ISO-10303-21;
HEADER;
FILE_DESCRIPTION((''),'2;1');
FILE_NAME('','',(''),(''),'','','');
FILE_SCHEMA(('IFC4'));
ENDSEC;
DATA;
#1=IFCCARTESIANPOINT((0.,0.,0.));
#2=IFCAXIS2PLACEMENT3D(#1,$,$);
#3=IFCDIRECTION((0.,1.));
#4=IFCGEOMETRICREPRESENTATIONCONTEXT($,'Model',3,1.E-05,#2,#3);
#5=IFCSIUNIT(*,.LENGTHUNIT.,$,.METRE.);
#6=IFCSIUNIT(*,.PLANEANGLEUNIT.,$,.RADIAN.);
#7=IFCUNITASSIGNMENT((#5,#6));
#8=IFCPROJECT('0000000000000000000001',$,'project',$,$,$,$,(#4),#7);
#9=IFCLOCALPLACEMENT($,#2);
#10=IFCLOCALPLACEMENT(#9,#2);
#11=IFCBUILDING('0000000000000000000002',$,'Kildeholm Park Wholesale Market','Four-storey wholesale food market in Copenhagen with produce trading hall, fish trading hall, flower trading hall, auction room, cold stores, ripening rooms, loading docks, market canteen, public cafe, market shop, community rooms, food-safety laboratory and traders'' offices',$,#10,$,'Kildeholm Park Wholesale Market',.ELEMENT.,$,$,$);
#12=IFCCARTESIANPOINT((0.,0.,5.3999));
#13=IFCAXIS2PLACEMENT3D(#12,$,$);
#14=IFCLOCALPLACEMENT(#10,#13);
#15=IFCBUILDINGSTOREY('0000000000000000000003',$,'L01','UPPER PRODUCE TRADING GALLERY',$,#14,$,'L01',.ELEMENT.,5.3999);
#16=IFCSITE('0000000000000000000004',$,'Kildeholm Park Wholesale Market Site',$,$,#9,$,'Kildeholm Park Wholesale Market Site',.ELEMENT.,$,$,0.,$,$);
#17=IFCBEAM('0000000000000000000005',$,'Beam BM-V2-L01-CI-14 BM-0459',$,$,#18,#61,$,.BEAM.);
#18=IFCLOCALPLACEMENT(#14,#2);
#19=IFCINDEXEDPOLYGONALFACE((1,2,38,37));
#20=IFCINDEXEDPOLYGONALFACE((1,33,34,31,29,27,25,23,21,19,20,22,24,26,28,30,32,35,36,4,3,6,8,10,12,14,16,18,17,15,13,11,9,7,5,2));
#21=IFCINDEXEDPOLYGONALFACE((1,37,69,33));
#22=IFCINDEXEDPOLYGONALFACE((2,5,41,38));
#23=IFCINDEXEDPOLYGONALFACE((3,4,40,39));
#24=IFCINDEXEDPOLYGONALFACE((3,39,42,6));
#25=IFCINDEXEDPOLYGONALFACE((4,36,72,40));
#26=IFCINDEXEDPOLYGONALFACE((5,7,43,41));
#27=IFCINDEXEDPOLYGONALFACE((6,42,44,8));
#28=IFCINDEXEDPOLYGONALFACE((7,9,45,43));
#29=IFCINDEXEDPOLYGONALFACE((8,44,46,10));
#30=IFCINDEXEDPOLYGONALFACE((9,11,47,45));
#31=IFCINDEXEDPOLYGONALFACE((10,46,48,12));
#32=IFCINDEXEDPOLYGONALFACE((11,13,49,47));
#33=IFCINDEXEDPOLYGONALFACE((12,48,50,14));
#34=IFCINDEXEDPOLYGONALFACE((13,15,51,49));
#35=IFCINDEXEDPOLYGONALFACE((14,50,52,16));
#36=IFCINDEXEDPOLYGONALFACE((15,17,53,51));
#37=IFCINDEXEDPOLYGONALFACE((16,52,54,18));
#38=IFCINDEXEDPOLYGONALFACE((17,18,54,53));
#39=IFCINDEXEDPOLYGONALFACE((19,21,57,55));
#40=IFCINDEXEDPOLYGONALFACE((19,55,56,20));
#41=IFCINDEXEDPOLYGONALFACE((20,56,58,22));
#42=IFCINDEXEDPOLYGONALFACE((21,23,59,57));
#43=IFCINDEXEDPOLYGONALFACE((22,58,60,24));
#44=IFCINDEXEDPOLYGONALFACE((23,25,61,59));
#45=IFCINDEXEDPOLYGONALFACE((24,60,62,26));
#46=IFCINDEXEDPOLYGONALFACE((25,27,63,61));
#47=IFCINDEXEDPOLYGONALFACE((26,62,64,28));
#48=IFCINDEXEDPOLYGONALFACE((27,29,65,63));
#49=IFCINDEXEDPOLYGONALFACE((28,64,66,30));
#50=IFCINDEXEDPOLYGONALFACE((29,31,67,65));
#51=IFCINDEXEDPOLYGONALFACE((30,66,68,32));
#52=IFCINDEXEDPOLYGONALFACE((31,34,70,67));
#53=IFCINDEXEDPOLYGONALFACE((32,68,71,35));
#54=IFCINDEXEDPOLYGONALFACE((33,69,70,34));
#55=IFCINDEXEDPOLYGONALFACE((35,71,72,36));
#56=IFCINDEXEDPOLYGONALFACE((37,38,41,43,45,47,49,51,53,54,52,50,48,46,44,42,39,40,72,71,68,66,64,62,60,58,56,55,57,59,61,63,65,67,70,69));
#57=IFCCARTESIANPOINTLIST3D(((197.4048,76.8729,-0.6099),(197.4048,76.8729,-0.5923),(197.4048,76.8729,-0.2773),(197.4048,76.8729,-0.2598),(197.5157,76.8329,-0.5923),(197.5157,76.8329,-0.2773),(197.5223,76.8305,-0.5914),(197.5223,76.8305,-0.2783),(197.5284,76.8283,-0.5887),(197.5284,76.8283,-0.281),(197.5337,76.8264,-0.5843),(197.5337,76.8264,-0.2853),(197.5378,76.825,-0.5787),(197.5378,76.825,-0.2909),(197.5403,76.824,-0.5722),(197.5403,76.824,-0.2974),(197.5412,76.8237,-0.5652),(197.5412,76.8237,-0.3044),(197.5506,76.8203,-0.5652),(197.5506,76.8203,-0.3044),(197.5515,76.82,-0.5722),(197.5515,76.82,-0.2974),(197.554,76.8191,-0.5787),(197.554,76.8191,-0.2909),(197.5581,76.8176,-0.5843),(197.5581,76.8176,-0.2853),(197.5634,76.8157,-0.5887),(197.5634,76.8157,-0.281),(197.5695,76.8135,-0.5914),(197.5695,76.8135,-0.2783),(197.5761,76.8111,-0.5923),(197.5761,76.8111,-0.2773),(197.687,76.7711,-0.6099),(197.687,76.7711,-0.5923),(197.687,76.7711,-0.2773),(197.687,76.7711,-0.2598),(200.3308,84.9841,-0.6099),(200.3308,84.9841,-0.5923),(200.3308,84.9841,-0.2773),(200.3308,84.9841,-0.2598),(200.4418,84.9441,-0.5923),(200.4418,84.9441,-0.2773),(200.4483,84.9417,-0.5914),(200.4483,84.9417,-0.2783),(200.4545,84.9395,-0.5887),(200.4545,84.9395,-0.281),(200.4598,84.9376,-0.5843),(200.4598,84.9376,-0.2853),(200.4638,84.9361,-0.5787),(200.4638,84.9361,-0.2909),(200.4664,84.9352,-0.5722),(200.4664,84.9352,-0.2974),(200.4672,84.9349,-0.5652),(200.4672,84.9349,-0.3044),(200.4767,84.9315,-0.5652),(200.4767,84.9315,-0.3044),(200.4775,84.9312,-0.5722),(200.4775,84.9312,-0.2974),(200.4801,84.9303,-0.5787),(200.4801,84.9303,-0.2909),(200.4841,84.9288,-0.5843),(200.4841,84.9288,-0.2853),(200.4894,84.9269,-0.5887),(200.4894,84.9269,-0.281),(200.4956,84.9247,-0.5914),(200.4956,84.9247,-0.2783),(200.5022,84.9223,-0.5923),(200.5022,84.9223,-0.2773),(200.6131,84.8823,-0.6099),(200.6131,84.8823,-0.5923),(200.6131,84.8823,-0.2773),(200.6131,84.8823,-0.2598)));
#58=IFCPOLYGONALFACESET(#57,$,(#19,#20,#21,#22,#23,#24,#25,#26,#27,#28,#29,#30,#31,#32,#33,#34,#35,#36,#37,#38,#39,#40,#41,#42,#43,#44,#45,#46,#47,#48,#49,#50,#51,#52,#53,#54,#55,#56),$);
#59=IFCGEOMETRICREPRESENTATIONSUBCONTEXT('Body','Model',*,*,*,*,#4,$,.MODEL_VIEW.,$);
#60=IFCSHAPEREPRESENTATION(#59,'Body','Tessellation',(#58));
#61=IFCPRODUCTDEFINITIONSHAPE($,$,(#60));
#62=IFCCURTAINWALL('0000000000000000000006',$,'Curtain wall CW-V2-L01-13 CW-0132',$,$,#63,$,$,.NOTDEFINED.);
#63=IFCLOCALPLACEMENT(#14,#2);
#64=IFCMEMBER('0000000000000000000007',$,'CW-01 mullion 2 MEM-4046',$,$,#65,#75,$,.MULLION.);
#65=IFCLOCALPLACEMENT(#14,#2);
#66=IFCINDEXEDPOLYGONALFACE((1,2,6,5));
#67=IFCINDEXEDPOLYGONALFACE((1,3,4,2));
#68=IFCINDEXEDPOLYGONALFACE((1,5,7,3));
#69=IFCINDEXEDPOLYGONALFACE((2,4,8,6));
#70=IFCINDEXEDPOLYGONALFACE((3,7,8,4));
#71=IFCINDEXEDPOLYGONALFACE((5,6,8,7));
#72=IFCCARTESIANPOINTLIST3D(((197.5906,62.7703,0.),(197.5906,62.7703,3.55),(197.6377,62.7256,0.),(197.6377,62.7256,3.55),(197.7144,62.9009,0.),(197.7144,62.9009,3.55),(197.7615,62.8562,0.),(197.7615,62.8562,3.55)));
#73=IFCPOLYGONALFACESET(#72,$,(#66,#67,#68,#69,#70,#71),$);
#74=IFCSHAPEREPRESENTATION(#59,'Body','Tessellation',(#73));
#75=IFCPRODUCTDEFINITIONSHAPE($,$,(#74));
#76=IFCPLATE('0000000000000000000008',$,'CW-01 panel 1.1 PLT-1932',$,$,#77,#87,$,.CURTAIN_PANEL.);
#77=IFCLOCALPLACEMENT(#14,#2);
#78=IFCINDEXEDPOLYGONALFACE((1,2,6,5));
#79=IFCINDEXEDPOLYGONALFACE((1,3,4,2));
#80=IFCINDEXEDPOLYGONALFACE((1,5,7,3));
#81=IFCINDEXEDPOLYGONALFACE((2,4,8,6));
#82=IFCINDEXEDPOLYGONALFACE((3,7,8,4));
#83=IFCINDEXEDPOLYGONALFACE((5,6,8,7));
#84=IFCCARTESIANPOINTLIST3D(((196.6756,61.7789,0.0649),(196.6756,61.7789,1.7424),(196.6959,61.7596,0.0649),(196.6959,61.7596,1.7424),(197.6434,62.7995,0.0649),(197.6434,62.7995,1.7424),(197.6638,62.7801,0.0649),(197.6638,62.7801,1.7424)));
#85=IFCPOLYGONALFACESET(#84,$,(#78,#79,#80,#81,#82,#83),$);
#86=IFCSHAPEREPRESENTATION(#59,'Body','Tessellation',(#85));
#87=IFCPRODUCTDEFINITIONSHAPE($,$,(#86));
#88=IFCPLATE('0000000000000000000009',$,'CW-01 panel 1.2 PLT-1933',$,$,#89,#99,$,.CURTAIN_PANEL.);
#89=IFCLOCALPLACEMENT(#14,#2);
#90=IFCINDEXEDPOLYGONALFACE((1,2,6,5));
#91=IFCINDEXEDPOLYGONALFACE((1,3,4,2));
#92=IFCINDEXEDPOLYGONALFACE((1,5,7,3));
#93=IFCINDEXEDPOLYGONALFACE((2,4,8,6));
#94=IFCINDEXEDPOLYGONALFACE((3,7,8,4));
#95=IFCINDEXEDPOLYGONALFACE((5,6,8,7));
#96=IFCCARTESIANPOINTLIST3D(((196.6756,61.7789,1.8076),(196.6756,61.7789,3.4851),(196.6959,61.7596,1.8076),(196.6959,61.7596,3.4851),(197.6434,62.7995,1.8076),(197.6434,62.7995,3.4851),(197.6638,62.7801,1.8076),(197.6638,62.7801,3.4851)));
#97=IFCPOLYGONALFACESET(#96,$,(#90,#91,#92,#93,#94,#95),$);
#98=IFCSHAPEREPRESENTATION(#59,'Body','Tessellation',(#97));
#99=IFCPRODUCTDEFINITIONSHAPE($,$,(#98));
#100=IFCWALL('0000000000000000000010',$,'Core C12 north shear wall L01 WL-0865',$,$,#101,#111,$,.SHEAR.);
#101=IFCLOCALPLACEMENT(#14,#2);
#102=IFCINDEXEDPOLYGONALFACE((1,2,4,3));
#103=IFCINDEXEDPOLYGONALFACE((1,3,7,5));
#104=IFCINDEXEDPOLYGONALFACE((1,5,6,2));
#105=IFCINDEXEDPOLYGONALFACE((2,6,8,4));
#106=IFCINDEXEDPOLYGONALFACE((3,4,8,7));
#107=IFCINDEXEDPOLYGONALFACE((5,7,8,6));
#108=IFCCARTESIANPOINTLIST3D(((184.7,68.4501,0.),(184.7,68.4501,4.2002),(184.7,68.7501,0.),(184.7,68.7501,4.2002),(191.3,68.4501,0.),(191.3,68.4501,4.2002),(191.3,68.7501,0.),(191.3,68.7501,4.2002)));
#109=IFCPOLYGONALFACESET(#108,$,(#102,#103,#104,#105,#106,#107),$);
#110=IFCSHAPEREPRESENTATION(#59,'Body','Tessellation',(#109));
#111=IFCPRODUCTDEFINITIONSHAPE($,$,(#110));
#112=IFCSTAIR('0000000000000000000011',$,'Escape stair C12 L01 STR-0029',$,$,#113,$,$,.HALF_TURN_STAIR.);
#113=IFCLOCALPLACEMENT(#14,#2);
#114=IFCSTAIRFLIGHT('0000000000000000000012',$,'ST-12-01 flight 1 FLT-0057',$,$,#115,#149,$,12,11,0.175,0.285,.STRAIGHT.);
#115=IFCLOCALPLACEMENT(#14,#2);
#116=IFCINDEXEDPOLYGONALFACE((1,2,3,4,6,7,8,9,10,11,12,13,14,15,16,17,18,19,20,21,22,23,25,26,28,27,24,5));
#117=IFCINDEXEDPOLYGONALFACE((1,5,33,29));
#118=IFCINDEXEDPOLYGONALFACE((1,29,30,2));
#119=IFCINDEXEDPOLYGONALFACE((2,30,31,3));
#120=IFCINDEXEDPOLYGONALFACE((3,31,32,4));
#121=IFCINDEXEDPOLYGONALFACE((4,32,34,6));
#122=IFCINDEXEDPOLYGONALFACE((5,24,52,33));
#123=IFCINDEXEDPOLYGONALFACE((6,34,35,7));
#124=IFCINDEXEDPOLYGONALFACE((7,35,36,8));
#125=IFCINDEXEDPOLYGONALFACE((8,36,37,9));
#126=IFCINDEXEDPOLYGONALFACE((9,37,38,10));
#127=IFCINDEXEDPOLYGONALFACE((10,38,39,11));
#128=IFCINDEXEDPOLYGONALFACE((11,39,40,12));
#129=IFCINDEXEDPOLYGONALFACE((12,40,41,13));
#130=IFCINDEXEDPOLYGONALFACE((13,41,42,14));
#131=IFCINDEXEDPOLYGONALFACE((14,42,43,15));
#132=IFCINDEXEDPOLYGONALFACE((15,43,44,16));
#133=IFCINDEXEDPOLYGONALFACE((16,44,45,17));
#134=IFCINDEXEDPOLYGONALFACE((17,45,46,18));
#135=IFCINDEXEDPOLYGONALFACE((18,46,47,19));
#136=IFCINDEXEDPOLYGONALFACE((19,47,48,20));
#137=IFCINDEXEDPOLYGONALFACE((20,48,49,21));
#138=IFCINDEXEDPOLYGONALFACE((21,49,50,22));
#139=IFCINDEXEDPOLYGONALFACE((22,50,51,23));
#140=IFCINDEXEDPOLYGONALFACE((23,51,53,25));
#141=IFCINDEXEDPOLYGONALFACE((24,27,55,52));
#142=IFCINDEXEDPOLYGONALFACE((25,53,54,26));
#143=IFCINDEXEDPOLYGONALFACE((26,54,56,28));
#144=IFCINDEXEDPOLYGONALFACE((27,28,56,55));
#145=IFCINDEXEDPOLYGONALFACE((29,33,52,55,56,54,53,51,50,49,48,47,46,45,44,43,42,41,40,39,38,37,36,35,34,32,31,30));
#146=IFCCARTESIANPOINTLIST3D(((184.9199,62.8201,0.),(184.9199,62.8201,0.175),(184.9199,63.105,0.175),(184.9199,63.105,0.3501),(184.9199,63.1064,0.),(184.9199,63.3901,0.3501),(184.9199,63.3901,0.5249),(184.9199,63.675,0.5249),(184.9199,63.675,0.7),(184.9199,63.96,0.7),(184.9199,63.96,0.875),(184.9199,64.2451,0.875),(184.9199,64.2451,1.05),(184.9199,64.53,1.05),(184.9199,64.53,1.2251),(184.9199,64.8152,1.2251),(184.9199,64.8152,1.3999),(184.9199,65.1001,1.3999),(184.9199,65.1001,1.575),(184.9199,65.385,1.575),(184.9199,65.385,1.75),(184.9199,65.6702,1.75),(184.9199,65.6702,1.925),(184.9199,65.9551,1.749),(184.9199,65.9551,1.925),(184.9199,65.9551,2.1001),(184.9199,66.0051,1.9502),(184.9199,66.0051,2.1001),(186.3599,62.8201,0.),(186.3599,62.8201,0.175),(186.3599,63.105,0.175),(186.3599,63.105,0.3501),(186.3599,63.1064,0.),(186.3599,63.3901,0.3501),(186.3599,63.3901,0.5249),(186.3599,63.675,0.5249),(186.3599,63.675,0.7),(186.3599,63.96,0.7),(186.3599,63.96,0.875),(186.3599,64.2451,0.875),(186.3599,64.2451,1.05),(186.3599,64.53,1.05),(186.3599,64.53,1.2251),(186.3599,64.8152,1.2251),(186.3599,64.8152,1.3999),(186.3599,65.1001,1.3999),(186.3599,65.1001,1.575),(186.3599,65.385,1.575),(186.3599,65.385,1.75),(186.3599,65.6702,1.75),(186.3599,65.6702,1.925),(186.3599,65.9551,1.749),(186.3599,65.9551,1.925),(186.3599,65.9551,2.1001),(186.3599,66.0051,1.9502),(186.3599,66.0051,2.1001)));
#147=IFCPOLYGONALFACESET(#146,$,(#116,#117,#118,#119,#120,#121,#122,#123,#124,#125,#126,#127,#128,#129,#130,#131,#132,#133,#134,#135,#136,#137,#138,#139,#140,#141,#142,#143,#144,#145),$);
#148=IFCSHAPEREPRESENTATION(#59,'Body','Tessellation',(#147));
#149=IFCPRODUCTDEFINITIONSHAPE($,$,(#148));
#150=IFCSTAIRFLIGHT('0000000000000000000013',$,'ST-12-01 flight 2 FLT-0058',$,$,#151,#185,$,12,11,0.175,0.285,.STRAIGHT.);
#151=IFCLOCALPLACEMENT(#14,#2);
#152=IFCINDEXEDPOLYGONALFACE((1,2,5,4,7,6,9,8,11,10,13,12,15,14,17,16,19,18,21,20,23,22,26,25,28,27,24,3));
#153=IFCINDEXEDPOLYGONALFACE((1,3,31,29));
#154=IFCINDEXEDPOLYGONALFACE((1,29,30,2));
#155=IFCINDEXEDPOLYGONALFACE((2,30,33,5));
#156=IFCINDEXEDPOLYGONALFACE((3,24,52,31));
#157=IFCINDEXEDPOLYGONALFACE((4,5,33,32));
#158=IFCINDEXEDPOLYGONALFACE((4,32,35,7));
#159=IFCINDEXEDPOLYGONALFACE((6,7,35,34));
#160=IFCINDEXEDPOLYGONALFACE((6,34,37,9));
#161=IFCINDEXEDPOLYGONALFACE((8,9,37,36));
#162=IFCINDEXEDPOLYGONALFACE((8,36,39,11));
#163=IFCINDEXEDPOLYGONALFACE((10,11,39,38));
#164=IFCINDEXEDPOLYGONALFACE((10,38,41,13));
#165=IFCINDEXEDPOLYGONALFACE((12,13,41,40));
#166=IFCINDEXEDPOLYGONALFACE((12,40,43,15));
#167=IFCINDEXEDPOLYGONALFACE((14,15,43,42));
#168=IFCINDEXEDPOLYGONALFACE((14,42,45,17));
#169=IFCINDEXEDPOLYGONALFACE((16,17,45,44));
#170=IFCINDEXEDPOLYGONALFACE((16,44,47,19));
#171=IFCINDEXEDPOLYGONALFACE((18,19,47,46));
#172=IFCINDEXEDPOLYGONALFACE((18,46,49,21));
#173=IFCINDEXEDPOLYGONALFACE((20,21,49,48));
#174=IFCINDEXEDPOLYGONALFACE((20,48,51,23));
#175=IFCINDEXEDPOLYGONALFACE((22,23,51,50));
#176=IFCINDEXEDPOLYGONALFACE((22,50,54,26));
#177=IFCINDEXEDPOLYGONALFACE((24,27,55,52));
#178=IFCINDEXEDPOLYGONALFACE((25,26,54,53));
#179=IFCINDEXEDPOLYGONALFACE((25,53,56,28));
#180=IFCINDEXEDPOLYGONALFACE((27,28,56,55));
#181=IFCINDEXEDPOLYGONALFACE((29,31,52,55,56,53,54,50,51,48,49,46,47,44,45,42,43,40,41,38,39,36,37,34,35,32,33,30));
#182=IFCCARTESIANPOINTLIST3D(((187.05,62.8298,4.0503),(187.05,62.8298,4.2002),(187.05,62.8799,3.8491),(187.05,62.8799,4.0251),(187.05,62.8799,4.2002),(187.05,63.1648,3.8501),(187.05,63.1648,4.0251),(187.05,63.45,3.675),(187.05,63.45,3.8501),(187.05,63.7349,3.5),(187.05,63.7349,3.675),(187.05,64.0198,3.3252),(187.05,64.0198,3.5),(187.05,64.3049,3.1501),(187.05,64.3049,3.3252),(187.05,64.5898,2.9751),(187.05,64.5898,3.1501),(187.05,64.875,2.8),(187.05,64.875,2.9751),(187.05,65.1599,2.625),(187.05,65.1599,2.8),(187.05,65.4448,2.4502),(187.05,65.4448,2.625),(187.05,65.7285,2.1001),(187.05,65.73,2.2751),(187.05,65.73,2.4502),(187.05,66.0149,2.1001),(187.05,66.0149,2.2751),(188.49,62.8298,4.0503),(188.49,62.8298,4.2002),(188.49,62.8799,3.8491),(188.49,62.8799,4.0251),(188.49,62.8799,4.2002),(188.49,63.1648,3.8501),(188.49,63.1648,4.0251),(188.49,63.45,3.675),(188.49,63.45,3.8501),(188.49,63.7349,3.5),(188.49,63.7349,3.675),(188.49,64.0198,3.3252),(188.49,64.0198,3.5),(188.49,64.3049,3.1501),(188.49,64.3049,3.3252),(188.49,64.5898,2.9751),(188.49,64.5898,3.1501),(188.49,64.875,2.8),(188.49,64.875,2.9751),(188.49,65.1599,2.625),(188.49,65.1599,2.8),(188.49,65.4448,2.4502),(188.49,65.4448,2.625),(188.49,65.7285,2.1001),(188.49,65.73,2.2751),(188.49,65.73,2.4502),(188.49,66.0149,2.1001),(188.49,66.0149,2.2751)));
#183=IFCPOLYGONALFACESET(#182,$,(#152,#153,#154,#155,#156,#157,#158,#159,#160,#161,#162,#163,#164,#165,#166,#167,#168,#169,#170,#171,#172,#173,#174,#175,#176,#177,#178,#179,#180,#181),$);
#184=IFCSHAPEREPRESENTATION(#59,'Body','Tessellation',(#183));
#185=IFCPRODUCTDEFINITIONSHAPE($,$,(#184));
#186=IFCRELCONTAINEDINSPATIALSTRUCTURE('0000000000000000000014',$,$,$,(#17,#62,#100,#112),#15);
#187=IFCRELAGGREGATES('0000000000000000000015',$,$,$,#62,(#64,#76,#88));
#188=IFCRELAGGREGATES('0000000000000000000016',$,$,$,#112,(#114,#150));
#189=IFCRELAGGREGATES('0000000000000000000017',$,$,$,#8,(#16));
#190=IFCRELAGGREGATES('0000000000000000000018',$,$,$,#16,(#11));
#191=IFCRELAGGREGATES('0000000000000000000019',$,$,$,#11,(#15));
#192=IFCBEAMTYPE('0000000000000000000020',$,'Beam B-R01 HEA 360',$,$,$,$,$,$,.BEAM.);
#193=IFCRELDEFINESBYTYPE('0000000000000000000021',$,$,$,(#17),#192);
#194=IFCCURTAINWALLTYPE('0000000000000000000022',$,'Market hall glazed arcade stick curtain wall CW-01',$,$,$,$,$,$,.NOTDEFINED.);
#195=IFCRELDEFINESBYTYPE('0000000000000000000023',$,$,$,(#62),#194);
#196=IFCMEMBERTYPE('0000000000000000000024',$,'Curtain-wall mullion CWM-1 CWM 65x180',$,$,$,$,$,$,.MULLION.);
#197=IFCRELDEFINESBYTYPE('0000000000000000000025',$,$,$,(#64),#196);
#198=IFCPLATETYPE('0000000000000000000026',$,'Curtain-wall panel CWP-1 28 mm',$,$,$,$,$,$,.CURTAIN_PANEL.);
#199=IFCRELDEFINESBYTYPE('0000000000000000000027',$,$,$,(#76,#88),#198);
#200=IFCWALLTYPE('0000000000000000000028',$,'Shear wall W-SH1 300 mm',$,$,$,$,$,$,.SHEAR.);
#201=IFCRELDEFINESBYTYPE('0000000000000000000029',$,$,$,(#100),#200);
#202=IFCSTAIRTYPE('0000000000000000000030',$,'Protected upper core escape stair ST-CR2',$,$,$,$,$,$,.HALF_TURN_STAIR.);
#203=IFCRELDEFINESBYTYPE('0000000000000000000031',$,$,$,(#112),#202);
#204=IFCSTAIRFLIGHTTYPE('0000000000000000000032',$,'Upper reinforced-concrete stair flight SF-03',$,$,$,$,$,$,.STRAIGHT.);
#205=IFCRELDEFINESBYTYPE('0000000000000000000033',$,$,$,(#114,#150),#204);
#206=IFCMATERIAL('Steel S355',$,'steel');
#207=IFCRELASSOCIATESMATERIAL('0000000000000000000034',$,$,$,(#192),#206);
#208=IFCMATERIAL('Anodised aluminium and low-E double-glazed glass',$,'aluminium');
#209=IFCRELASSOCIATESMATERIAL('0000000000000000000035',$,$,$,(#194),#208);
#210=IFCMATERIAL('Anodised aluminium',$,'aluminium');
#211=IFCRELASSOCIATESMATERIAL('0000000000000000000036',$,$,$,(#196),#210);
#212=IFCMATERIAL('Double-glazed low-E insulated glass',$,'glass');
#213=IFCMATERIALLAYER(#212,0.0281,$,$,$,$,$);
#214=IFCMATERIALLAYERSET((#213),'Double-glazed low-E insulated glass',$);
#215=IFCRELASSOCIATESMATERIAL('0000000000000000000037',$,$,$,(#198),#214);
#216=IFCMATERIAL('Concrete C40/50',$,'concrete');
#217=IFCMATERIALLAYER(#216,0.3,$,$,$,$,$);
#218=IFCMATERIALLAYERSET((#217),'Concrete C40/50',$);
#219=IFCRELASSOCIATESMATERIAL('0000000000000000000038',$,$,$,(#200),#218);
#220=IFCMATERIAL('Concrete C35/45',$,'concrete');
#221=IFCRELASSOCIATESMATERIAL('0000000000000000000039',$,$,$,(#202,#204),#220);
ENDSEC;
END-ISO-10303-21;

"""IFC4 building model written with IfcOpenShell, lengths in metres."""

from ifc_helpers import new_model, si_unit, direction, frame, frame_2d, origin, origin_2d, place, context, subcontext, project, spatial, polyline, rectangle, i_section, outline, extrude, material, layer, layer_set, material_profile, profile_set, type_object, element, aggregate, save


model = new_model("IFC4")

# Units and contexts
model_context = context("Model", 3, precision=1e-05, world=origin(), true_north=direction((0.0, 1.0)))
body_context = subcontext(model_context, "Body", "Model", "MODEL_VIEW")
ifc_project = project(units=[si_unit("LENGTHUNIT", "METRE"), si_unit("PLANEANGLEUNIT", "RADIAN")], contexts=[model_context])

# Site, building, storey
site_placement = place(None, origin())
site = spatial("IfcSite", under=ifc_project, at=site_placement, Name="Kildeholm Park Wholesale Market Site", LongName="Kildeholm Park Wholesale Market Site", CompositionType="ELEMENT", RefElevation=0.0)
building_placement = place(site_placement, origin())
building = spatial("IfcBuilding", under=site, at=building_placement, Name="Kildeholm Park Wholesale Market", Description="Four-storey wholesale food market in Copenhagen with produce trading hall, fish trading hall, flower trading hall, auction room, cold stores, ripening rooms, loading docks, market canteen, public cafe, market shop, community rooms, food-safety laboratory and traders' offices", LongName="Kildeholm Park Wholesale Market", CompositionType="ELEMENT")
storey_placement = place(building_placement, frame((0.0, 0.0, 5.3999)))
storey = spatial("IfcBuildingStorey", under=building, at=storey_placement, Name="L01", Description="UPPER PRODUCE TRADING GALLERY", LongName="L01", CompositionType="ELEMENT", Elevation=5.3999)

# Shared definitions
ifc_material_1 = material(Name="Steel S355", Category="steel")

# Beam
ifc_material_profile_1 = material_profile(ifc_material_1, i_section(OverallWidth=0.3, OverallDepth=0.3501, WebThickness=0.01, FlangeThickness=0.0176, FilletRadius=0.0271, at=origin_2d()), Name="HEA 360")
ifc_profile_set_1 = profile_set([ifc_material_profile_1], Name="Steel S355")
beam_type_1 = type_object("IfcBeamType", Name="Beam B-R01 HEA 360", PredefinedType="BEAM", material=ifc_profile_set_1)
beam_1_placement = place(storey_placement, frame((197.5459, 76.822, -0.4348), z_axis=(0.339339, 0.940664, 0.0), x_axis=(-0.940664, 0.339339, 0.0)))
element("IfcBeam", 1, at=beam_1_placement, inside=storey, type_object=beam_type_1, Name="Beam BM-V2-L01-CI-14 BM-0459", PredefinedType="BEAM", context=body_context, shape_type="SweptSolid", body=[
    extrude(i_section(OverallWidth=0.3, OverallDepth=0.3501, WebThickness=0.01, FlangeThickness=0.0176, FilletRadius=0.0271, at=origin_2d()), origin(), (0.0, 0.0, 1.0), 8.6228),
])

# Curtain wall, member, plates
ifc_material_2 = material(Name="Anodised aluminium and low-E double-glazed glass", Category="aluminium")
curtain_wall_type = type_object("IfcCurtainWallType", Name="Market hall glazed arcade stick curtain wall CW-01", PredefinedType="NOTDEFINED", material=ifc_material_2)
curtain_wall_placement = place(storey_placement, origin())
curtain_wall = element("IfcCurtainWall", 2, at=curtain_wall_placement, inside=storey, type_object=curtain_wall_type, Name="Curtain wall CW-V2-L01-13 CW-0132", PredefinedType="NOTDEFINED")
ifc_material_3 = material(Name="Anodised aluminium", Category="aluminium")
ifc_material_profile_2 = material_profile(ifc_material_3, rectangle(XDim=0.0649, YDim=0.1799, at=origin_2d()), Name="CWM 65x180")
ifc_profile_set_2 = profile_set([ifc_material_profile_2], Name="Anodised aluminium")
member_type = type_object("IfcMemberType", Name="Curtain-wall mullion CWM-1 CWM 65x180", PredefinedType="MULLION", material=ifc_profile_set_2)
member_placement = place(storey_placement, frame((197.676, 62.8132, 0.0), z_axis=(0.0, 0.0, 1.0), x_axis=(-0.725571, 0.688148, 0.0)))
member = element("IfcMember", 3, at=member_placement, type_object=member_type, Name="CW-01 mullion 2 MEM-4046", PredefinedType="MULLION", context=body_context, shape_type="SweptSolid", body=[
    extrude(rectangle(XDim=0.0649, YDim=0.1799, at=origin_2d()), origin(), (0.0, 0.0, 1.0), 3.55),
])
ifc_material_4 = material(Name="Double-glazed low-E insulated glass", Category="glass")
ifc_layer_1 = layer(ifc_material_4, 0.0281)
ifc_layer_set_1 = layer_set([ifc_layer_1], Name="Double-glazed low-E insulated glass")
plate_type = type_object("IfcPlateType", Name="Curtain-wall panel CWP-1 28 mm", PredefinedType="CURTAIN_PANEL", material=ifc_layer_set_1)
plate_1_placement = place(storey_placement, frame((197.1697, 62.2795, 0.0649), z_axis=(0.0, 0.0, 1.0), x_axis=(0.688148, 0.725571, 0.0)))
plate_1 = element("IfcPlate", 4, at=plate_1_placement, type_object=plate_type, Name="CW-01 panel 1.1 PLT-1932", PredefinedType="CURTAIN_PANEL", context=body_context, shape_type="SweptSolid", body=[
    extrude(rectangle(XDim=1.4065, YDim=0.0281, at=origin_2d()), origin(), (0.0, 0.0, 1.0), 1.6775),
])
plate_2_placement = place(storey_placement, frame((197.1697, 62.2795, 1.8076), z_axis=(0.0, 0.0, 1.0), x_axis=(0.688148, 0.725571, 0.0)))
plate_2 = element("IfcPlate", 5, at=plate_2_placement, type_object=plate_type, Name="CW-01 panel 1.2 PLT-1933", PredefinedType="CURTAIN_PANEL", context=body_context, shape_type="SweptSolid", body=[
    extrude(rectangle(XDim=1.4065, YDim=0.0281, at=origin_2d()), origin(), (0.0, 0.0, 1.0), 1.6775),
])
aggregate(curtain_wall, [member, plate_1, plate_2])

# Wall
ifc_material_5 = material(Name="Concrete C40/50", Category="concrete")
ifc_layer_2 = layer(ifc_material_5, 0.3)
ifc_layer_set_2 = layer_set([ifc_layer_2], Name="Concrete C40/50")
wall_type_1 = type_object("IfcWallType", Name="Shear wall W-SH1 300 mm", PredefinedType="SHEAR", material=ifc_layer_set_2)
wall_1_placement = place(storey_placement, frame((184.7, 68.6001, 0.0), z_axis=(0.0, 0.0, 1.0), x_axis=(1.0, 0.0, 0.0)))
element("IfcWall", 6, at=wall_1_placement, inside=storey, type_object=wall_type_1, Name="Core C12 north shear wall L01 WL-0865", PredefinedType="SHEAR", context=body_context, shape_type="SweptSolid", body=[
    extrude(rectangle(XDim=6.6001, YDim=0.3, at=frame_2d((3.3, 0.0))), origin(), (0.0, 0.0, 1.0), 4.2002),
])

# Stair, stair flights
ifc_material_6 = material(Name="Concrete C35/45", Category="concrete")
stair_type = type_object("IfcStairType", Name="Protected upper core escape stair ST-CR2", PredefinedType="HALF_TURN_STAIR", material=ifc_material_6)
stair_placement = place(storey_placement, origin())
stair = element("IfcStair", 7, at=stair_placement, inside=storey, type_object=stair_type, Name="Escape stair C12 L01 STR-0029", PredefinedType="HALF_TURN_STAIR")
stair_flight_type = type_object("IfcStairFlightType", Name="Upper reinforced-concrete stair flight SF-03", PredefinedType="STRAIGHT", material=ifc_material_6)
stair_flight_1_placement = place(storey_placement, frame((185.6399, 62.8201, 0.0), z_axis=(0.0, 0.0, 1.0), x_axis=(0.0, 1.0, 0.0)))
stair_flight_1 = element("IfcStairFlight", 8, at=stair_flight_1_placement, type_object=stair_flight_type, Name="ST-12-01 flight 1 FLT-0057", NumberOfRisers=12, NumberOfTreads=11, PredefinedType="STRAIGHT", RiserHeight=0.175, TreadLength=0.285, context=body_context, shape_type="SweptSolid", body=[
    extrude(outline(polyline([(0.0, 0.0), (0.0, 0.175), (0.2849, 0.175), (0.2849, 0.3501), (0.5701, 0.3501), (0.5701, 0.5249), (0.855, 0.5249), (0.855, 0.7), (1.1399, 0.7), (1.1399, 0.875), (1.425, 0.875), (1.425, 1.05), (1.71, 1.05), (1.71, 1.2251), (1.9951, 1.2251), (1.9951, 1.3999), (2.28, 1.3999), (2.28, 1.575), (2.5649, 1.575), (2.5649, 1.75), (2.8501, 1.75), (2.8501, 1.925), (3.135, 1.925), (3.135, 2.1001), (3.1851, 2.1001), (3.1851, 1.9502), (3.135, 1.749), (0.2864, 0.0), (0.0, 0.0)])), frame((0.0, 0.72, 0.0), z_axis=(0.0, -1.0, 0.0), x_axis=(1.0, 0.0, 0.0)), (0.0, 0.0, 1.0), 1.4399),
])
stair_flight_2_placement = place(storey_placement, frame((187.77, 66.0149, 2.1001), z_axis=(0.0, 0.0, 1.0), x_axis=(0.0, -1.0, 0.0)))
stair_flight_2 = element("IfcStairFlight", 9, at=stair_flight_2_placement, type_object=stair_flight_type, Name="ST-12-01 flight 2 FLT-0058", NumberOfRisers=12, NumberOfTreads=11, PredefinedType="STRAIGHT", RiserHeight=0.175, TreadLength=0.285, context=body_context, shape_type="SweptSolid", body=[
    extrude(outline(polyline([(0.0, 0.0), (0.0, 0.175), (0.2849, 0.175), (0.2849, 0.3501), (0.5701, 0.3501), (0.5701, 0.5249), (0.855, 0.5249), (0.855, 0.7), (1.1399, 0.7), (1.1399, 0.875), (1.425, 0.875), (1.425, 1.05), (1.71, 1.05), (1.71, 1.2251), (1.9951, 1.2251), (1.9951, 1.3999), (2.28, 1.3999), (2.28, 1.575), (2.5649, 1.575), (2.5649, 1.75), (2.8501, 1.75), (2.8501, 1.925), (3.135, 1.925), (3.135, 2.1001), (3.1851, 2.1001), (3.1851, 1.9502), (3.135, 1.749), (0.2864, 0.0), (0.0, 0.0)])), frame((0.0, 0.72, 0.0), z_axis=(0.0, -1.0, 0.0), x_axis=(1.0, 0.0, 0.0)), (0.0, 0.0, 1.0), 1.4399),
])
aggregate(stair, [stair_flight_1, stair_flight_2])

save(model, "model.ifc")
